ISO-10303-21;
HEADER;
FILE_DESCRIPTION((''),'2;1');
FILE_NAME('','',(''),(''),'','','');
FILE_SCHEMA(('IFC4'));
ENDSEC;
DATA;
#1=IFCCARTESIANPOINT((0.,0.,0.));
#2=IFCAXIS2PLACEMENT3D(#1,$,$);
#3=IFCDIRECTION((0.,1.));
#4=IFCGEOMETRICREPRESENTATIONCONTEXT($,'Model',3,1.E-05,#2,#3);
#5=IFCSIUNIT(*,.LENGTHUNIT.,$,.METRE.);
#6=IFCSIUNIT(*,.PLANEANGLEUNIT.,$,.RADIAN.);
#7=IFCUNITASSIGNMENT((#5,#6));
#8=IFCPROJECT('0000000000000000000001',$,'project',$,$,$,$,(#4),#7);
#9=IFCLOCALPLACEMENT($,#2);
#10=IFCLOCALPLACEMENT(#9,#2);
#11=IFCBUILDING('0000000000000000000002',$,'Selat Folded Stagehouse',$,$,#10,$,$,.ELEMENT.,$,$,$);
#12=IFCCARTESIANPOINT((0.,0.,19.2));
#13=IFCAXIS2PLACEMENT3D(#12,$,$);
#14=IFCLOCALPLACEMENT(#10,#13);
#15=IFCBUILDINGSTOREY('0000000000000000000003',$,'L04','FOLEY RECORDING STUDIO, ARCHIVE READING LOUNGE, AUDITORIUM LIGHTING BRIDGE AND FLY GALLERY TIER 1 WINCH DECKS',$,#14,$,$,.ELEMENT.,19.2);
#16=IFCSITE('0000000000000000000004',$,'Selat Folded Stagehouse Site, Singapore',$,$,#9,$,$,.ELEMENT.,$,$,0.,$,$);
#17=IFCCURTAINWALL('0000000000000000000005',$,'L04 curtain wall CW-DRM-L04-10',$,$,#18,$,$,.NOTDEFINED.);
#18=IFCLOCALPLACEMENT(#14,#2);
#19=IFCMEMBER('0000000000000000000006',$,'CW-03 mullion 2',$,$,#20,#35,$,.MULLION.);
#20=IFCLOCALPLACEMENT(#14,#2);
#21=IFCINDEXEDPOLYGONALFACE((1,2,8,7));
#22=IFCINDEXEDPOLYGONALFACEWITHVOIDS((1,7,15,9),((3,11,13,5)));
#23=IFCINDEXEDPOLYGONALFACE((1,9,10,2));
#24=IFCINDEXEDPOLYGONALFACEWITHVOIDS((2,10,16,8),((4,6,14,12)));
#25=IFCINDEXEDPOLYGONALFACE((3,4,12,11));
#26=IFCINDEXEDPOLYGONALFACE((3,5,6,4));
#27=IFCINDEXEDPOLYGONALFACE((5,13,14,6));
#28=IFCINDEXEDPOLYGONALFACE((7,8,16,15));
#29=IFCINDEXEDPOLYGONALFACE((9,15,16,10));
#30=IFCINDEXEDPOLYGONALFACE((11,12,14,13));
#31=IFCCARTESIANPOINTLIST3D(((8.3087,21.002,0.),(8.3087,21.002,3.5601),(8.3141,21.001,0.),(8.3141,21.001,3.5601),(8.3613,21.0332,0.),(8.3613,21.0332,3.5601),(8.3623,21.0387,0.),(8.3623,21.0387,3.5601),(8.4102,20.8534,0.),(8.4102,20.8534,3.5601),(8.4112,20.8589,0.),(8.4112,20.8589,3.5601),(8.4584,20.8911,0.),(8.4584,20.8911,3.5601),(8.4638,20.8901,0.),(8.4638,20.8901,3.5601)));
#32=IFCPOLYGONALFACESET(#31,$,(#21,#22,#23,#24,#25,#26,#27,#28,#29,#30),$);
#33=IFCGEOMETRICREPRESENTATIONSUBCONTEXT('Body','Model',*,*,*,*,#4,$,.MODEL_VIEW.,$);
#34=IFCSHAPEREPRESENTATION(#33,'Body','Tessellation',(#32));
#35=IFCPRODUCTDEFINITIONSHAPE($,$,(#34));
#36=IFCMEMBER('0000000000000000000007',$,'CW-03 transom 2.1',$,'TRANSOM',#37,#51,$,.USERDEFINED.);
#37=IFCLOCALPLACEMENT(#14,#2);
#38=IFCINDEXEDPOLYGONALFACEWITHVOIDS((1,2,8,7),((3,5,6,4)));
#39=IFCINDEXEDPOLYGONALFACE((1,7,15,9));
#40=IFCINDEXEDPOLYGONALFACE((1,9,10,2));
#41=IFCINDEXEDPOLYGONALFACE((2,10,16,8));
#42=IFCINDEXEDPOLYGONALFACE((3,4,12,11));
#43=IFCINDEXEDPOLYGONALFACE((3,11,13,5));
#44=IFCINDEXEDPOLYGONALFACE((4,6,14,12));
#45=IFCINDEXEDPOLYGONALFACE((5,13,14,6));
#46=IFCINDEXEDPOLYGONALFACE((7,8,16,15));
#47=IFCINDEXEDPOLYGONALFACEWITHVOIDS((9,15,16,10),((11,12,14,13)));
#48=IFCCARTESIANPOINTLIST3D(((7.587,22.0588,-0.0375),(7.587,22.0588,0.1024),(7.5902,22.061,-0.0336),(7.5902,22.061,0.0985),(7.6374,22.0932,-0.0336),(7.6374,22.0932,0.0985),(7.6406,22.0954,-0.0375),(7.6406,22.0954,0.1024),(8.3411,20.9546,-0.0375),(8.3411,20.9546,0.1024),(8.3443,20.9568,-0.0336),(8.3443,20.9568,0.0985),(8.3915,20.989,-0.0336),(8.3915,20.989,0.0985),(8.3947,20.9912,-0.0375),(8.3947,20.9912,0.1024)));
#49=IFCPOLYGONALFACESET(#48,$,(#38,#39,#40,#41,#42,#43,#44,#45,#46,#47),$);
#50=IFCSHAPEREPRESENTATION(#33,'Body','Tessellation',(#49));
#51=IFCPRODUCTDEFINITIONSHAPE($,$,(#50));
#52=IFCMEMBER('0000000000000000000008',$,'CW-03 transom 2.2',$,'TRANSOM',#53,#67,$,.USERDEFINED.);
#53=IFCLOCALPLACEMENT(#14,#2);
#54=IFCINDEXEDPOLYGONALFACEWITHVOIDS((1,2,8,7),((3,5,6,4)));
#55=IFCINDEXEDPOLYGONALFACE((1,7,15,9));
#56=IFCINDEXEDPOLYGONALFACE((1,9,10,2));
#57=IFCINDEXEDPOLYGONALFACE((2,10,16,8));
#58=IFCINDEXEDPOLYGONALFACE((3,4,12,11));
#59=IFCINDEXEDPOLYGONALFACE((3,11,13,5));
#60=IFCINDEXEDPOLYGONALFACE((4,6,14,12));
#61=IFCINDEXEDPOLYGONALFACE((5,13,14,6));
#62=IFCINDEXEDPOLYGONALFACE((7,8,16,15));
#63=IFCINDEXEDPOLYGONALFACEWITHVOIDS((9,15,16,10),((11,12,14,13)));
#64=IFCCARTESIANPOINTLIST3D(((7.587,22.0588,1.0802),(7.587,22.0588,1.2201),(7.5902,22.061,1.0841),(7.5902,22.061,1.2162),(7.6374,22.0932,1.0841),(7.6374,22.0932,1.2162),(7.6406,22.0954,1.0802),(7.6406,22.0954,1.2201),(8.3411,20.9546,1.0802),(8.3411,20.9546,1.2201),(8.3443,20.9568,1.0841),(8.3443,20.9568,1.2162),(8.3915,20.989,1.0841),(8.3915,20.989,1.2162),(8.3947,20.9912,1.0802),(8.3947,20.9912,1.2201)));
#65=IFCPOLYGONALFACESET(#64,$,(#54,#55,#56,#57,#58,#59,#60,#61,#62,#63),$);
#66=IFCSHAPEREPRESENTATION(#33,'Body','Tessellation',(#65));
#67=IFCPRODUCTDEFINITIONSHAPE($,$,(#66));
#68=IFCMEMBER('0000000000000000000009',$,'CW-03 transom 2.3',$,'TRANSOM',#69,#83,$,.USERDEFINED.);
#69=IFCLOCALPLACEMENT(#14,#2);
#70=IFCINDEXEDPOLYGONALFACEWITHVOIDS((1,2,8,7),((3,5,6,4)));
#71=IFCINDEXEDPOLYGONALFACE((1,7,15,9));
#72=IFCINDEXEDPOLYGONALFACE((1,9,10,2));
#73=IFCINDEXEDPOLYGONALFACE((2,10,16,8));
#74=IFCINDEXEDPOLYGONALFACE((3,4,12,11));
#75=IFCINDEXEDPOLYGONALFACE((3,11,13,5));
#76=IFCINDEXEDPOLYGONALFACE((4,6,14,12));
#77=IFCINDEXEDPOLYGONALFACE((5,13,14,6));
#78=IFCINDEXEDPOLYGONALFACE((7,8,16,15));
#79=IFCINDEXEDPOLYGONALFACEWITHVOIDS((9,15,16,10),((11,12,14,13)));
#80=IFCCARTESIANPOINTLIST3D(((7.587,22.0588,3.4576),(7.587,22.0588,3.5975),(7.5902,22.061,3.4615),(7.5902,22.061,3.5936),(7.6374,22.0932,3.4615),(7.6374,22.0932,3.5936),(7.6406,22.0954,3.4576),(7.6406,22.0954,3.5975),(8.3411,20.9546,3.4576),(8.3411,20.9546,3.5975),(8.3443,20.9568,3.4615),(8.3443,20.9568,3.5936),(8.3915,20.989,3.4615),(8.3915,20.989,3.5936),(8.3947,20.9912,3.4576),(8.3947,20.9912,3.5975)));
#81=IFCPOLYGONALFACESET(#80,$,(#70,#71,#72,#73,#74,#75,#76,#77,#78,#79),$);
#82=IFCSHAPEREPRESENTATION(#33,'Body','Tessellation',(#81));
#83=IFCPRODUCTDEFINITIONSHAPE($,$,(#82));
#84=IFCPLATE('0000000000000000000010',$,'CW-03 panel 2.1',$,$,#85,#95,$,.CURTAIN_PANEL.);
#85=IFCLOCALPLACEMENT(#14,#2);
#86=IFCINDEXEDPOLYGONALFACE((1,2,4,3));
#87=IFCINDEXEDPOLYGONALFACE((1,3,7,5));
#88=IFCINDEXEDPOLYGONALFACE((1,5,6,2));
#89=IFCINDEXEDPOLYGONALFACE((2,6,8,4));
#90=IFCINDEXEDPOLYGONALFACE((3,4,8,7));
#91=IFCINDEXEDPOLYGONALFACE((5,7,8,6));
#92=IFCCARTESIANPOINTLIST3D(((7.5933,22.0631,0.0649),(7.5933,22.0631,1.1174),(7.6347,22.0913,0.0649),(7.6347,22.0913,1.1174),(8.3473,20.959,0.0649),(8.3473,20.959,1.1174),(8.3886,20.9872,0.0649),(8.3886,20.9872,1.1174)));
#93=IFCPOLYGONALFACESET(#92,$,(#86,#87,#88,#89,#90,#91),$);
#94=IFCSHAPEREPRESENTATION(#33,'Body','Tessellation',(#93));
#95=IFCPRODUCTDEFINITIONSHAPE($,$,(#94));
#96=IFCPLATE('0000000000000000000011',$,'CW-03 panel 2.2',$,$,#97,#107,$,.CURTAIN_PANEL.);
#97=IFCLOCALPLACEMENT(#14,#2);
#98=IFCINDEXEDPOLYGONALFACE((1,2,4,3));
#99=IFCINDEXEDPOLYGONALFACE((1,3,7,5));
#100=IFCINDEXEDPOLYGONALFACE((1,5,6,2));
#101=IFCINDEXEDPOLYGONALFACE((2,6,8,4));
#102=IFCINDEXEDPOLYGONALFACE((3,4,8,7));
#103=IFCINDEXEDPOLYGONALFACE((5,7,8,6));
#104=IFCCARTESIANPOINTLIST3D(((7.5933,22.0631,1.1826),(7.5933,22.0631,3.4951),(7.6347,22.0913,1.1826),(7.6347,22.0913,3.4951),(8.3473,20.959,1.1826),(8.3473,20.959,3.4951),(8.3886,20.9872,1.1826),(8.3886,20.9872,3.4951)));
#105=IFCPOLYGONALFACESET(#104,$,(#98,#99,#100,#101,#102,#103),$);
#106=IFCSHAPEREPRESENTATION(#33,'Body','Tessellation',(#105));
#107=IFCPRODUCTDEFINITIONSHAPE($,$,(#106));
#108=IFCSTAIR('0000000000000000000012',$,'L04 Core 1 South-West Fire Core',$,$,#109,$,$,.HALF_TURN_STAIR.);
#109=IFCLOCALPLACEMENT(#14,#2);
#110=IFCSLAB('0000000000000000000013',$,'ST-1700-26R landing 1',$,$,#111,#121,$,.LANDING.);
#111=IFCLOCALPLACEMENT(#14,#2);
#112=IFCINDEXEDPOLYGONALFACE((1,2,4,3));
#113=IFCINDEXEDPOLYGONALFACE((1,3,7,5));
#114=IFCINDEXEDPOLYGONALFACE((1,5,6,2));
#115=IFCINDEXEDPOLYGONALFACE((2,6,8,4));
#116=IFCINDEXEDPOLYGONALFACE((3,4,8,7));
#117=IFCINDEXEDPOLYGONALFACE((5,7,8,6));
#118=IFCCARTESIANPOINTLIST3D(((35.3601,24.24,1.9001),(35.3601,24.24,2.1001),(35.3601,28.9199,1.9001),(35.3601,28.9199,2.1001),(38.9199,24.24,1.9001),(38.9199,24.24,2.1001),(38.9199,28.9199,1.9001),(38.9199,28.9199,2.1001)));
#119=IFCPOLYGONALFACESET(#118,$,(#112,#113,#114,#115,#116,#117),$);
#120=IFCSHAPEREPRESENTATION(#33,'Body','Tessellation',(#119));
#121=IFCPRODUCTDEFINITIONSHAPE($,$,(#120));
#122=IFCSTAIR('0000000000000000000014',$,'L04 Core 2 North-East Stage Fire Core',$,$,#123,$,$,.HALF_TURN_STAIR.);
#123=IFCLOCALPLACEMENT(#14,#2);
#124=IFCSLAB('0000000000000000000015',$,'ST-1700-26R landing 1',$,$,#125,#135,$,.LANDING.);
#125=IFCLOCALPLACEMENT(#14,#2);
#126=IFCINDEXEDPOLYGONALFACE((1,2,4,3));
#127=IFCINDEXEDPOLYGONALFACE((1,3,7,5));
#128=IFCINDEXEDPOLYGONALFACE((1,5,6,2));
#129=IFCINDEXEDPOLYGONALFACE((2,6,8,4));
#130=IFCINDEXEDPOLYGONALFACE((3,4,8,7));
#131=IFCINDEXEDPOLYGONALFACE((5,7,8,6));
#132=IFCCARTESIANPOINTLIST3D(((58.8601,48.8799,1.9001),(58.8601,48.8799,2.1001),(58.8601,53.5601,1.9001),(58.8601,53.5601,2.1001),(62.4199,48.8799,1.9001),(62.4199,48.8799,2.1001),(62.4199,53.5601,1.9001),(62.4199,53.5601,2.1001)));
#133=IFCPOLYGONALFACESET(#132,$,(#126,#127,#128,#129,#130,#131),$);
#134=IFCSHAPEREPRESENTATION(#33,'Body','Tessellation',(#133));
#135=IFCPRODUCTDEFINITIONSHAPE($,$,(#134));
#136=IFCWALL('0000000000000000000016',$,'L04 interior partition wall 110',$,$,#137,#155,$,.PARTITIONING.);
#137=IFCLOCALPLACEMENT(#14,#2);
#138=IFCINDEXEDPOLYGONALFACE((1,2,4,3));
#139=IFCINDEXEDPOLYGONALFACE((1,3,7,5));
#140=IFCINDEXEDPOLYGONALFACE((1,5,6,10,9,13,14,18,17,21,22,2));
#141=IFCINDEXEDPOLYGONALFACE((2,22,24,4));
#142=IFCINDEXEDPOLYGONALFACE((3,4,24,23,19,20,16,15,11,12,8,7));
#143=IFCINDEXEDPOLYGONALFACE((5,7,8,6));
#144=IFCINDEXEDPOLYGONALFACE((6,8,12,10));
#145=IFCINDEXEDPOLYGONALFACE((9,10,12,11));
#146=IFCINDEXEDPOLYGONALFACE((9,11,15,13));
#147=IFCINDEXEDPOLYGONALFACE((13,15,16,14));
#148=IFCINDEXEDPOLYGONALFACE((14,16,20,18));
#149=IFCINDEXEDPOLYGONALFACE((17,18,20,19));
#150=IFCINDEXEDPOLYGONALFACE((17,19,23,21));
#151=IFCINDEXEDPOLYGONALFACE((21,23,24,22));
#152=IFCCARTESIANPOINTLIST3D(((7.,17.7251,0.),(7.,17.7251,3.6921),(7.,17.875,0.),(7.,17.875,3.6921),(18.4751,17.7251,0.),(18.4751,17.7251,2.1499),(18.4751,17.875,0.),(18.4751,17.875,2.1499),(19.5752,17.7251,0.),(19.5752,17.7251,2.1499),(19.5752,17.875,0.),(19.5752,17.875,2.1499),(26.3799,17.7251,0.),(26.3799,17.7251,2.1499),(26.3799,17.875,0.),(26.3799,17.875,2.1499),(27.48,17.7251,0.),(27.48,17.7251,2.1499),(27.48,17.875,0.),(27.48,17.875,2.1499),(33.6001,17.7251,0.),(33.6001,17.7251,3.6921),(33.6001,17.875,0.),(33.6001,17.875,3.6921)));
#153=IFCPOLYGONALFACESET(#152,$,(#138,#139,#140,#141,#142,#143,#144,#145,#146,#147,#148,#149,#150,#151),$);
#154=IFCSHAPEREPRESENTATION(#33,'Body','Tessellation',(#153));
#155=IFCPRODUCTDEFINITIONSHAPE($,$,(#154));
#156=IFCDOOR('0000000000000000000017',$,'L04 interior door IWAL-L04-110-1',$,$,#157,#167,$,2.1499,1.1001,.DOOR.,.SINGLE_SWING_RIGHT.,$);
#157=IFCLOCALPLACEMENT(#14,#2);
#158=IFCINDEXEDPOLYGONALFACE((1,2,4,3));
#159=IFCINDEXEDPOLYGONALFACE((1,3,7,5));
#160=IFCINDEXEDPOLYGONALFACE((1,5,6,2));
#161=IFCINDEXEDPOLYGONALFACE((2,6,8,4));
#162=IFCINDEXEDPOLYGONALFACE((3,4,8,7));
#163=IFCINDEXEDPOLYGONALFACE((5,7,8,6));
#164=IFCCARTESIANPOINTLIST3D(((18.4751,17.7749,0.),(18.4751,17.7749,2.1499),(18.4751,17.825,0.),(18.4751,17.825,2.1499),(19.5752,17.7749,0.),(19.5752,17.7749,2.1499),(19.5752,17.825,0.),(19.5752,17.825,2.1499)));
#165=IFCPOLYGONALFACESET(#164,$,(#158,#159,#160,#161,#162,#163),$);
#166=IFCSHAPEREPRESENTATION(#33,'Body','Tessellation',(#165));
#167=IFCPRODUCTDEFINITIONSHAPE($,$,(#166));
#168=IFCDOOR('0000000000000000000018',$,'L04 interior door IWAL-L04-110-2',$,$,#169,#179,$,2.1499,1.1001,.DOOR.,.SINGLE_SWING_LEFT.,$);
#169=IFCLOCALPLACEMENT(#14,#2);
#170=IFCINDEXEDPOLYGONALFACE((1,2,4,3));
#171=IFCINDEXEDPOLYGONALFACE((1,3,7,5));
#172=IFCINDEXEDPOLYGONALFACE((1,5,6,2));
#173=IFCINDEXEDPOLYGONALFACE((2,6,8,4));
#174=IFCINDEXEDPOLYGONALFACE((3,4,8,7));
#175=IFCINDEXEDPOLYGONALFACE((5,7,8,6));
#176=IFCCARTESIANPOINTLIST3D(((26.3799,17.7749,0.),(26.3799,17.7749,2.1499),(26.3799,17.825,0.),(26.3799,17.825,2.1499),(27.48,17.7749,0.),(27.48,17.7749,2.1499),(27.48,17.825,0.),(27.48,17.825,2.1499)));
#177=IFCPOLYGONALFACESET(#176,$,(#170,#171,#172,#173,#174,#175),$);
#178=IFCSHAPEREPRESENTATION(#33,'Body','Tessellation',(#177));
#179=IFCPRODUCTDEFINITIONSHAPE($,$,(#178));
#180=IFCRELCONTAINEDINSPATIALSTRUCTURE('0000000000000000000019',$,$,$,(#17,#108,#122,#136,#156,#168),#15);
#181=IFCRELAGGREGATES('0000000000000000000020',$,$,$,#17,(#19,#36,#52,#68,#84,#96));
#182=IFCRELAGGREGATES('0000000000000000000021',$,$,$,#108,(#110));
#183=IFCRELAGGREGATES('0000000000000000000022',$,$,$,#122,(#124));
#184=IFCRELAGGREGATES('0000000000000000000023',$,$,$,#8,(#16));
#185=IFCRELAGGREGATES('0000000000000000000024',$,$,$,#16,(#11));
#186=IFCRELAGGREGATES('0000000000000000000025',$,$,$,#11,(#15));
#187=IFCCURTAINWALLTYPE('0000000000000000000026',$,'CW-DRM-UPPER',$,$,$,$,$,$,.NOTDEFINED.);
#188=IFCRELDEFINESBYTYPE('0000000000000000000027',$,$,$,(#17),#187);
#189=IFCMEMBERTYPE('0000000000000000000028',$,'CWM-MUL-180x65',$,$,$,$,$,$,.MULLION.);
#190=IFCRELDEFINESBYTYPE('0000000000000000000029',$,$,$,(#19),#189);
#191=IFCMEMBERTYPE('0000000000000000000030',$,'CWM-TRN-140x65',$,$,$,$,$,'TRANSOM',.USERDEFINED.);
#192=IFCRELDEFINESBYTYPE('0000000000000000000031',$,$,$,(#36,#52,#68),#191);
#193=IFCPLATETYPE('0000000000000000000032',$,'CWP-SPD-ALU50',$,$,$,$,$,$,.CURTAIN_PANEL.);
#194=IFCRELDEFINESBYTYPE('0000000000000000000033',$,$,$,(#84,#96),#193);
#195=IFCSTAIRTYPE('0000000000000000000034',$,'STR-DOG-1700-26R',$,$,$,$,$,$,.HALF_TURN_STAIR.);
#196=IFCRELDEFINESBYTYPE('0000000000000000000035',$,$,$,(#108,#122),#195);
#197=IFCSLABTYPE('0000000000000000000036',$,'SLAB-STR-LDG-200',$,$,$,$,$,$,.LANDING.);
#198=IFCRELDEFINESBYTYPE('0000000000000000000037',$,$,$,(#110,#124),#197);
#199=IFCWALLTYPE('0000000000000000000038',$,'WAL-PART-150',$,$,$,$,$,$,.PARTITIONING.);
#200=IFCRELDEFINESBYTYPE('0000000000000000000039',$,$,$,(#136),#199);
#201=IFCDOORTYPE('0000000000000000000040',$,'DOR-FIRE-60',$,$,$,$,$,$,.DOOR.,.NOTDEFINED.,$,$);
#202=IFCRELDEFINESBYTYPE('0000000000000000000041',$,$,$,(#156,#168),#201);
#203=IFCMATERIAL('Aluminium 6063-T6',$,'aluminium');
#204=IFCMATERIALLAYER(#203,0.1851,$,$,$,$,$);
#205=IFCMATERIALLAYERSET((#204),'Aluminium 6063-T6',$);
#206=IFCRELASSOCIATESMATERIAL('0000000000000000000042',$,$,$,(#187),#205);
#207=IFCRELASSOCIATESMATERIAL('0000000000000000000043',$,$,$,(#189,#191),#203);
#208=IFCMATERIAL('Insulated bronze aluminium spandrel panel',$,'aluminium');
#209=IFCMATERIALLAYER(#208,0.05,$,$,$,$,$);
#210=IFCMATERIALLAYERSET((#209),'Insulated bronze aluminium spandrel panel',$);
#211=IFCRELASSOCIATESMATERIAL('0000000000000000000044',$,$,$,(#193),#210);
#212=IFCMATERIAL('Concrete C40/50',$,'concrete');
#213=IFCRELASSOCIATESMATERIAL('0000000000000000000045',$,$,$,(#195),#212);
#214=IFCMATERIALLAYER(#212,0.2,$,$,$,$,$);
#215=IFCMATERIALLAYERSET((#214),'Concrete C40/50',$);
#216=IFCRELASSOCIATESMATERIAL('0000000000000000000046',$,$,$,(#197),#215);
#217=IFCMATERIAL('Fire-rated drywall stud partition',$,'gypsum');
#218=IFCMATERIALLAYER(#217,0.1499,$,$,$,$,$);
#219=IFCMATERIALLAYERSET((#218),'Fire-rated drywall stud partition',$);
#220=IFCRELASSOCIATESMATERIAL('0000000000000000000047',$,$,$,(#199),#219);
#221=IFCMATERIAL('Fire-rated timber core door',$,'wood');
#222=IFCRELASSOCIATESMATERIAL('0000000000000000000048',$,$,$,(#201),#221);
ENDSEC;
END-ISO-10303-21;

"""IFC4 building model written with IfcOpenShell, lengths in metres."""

from ifc_helpers import new_model, si_unit, direction, frame, frame_2d, origin, origin_2d, place, context, subcontext, project, spatial, polyline, rectangle, hollow_rectangle, outline, extrude, material, layer, layer_set, material_profile, profile_set, type_object, element, fill, aggregate, save


model = new_model("IFC4")

# Units and contexts
model_context = context("Model", 3, precision=1e-05, world=origin(), true_north=direction((0.0, 1.0)))
body_context = subcontext(model_context, "Body", "Model", "MODEL_VIEW")
ifc_project = project(units=[si_unit("LENGTHUNIT", "METRE"), si_unit("PLANEANGLEUNIT", "RADIAN")], contexts=[model_context])

# Site, building, storey
site_placement = place(None, origin())
site = spatial("IfcSite", under=ifc_project, at=site_placement, Name="Selat Folded Stagehouse Site, Singapore", CompositionType="ELEMENT", RefElevation=0.0)
building_placement = place(site_placement, origin())
building = spatial("IfcBuilding", under=site, at=building_placement, Name="Selat Folded Stagehouse", CompositionType="ELEMENT")
storey_placement = place(building_placement, frame((0.0, 0.0, 19.2)))
storey = spatial("IfcBuildingStorey", under=building, at=storey_placement, Name="L04", Description="FOLEY RECORDING STUDIO, ARCHIVE READING LOUNGE, AUDITORIUM LIGHTING BRIDGE AND FLY GALLERY TIER 1 WINCH DECKS", CompositionType="ELEMENT", Elevation=19.2)

# Curtain wall, members, plates
ifc_material_1 = material(Name="Aluminium 6063-T6", Category="aluminium")
ifc_layer_1 = layer(ifc_material_1, 0.1851)
ifc_layer_set_1 = layer_set([ifc_layer_1], Name="Aluminium 6063-T6")
curtain_wall_type = type_object("IfcCurtainWallType", Name="CW-DRM-UPPER", PredefinedType="NOTDEFINED", material=ifc_layer_set_1)
curtain_wall_placement = place(storey_placement, origin())
curtain_wall = element("IfcCurtainWall", 1, at=curtain_wall_placement, inside=storey, type_object=curtain_wall_type, Name="L04 curtain wall CW-DRM-L04-10", PredefinedType="NOTDEFINED")
ifc_material_profile_1 = material_profile(ifc_material_1, hollow_rectangle(XDim=0.0649, YDim=0.1799, WallThickness=0.0039, at=origin_2d()), Name="ALU 180x65x4.0")
ifc_profile_set_1 = profile_set([ifc_material_profile_1], Name="Aluminium 6063-T6")
member_type_1 = type_object("IfcMemberType", Name="CWM-MUL-180x65", PredefinedType="MULLION", material=ifc_profile_set_1)
member_1_placement = place(storey_placement, frame((8.3862, 20.946, 0.0), z_axis=(0.0, 0.0, 1.0), x_axis=(-0.82581, -0.563948, 0.0)))
member_1 = element("IfcMember", 2, at=member_1_placement, type_object=member_type_1, Name="CW-03 mullion 2", PredefinedType="MULLION", context=body_context, shape_type="SweptSolid", body=[
    extrude(hollow_rectangle(XDim=0.0649, YDim=0.1799, WallThickness=0.0039, at=origin_2d()), origin(), (0.0, 0.0, 1.0), 3.5601),
])
ifc_material_profile_2 = material_profile(ifc_material_1, hollow_rectangle(XDim=0.0649, YDim=0.1399, WallThickness=0.0039, at=origin_2d()), Name="ALU 140x65x4.0")
ifc_profile_set_2 = profile_set([ifc_material_profile_2], Name="Aluminium 6063-T6")
member_type_2 = type_object("IfcMemberType", Name="CWM-TRN-140x65", ElementType="TRANSOM", PredefinedType="USERDEFINED", material=ifc_profile_set_2)
member_2_placement = place(storey_placement, frame((8.3679, 20.9729, 0.0325), z_axis=(-0.563977, 0.825791, 0.0), x_axis=(-0.825791, -0.563977, 0.0)))
member_2 = element("IfcMember", 3, at=member_2_placement, type_object=member_type_2, Name="CW-03 transom 2.1", ObjectType="TRANSOM", PredefinedType="USERDEFINED", context=body_context, shape_type="SweptSolid", body=[
    extrude(hollow_rectangle(XDim=0.0649, YDim=0.1399, WallThickness=0.0039, at=origin_2d()), origin(), (0.0, 0.0, 1.0), 1.3372),
])
member_3_placement = place(storey_placement, frame((8.3679, 20.9729, 1.1501), z_axis=(-0.563977, 0.825791, 0.0), x_axis=(-0.825791, -0.563977, 0.0)))
member_3 = element("IfcMember", 4, at=member_3_placement, type_object=member_type_2, Name="CW-03 transom 2.2", ObjectType="TRANSOM", PredefinedType="USERDEFINED", context=body_context, shape_type="SweptSolid", body=[
    extrude(hollow_rectangle(XDim=0.0649, YDim=0.1399, WallThickness=0.0039, at=origin_2d()), origin(), (0.0, 0.0, 1.0), 1.3372),
])
member_4_placement = place(storey_placement, frame((8.3679, 20.9729, 3.5276), z_axis=(-0.563977, 0.825791, 0.0), x_axis=(-0.825791, -0.563977, 0.0)))
member_4 = element("IfcMember", 5, at=member_4_placement, type_object=member_type_2, Name="CW-03 transom 2.3", ObjectType="TRANSOM", PredefinedType="USERDEFINED", context=body_context, shape_type="SweptSolid", body=[
    extrude(hollow_rectangle(XDim=0.0649, YDim=0.1399, WallThickness=0.0039, at=origin_2d()), origin(), (0.0, 0.0, 1.0), 1.3372),
])
ifc_material_2 = material(Name="Insulated bronze aluminium spandrel panel", Category="aluminium")
ifc_layer_2 = layer(ifc_material_2, 0.05)
ifc_layer_set_2 = layer_set([ifc_layer_2], Name="Insulated bronze aluminium spandrel panel")
plate_type = type_object("IfcPlateType", Name="CWP-SPD-ALU50", PredefinedType="CURTAIN_PANEL", material=ifc_layer_set_2)
plate_1_placement = place(storey_placement, frame((7.991, 21.5251, 0.0649), z_axis=(0.0, 0.0, 1.0), x_axis=(-0.563948, 0.82581, 0.0)))
plate_1 = element("IfcPlate", 6, at=plate_1_placement, type_object=plate_type, Name="CW-03 panel 2.1", PredefinedType="CURTAIN_PANEL", context=body_context, shape_type="SweptSolid", body=[
    extrude(rectangle(XDim=1.3369, YDim=0.05, at=origin_2d()), origin(), (0.0, 0.0, 1.0), 1.0525),
])
plate_2_placement = place(storey_placement, frame((7.991, 21.5251, 1.1826), z_axis=(0.0, 0.0, 1.0), x_axis=(-0.563948, 0.82581, 0.0)))
plate_2 = element("IfcPlate", 7, at=plate_2_placement, type_object=plate_type, Name="CW-03 panel 2.2", PredefinedType="CURTAIN_PANEL", context=body_context, shape_type="SweptSolid", body=[
    extrude(rectangle(XDim=1.3369, YDim=0.05, at=origin_2d()), origin(), (0.0, 0.0, 1.0), 2.3125),
])
aggregate(curtain_wall, [member_1, member_2, member_3, member_4, plate_1, plate_2])

# Stairs, slabs
ifc_material_3 = material(Name="Concrete C40/50", Category="concrete")
stair_type = type_object("IfcStairType", Name="STR-DOG-1700-26R", PredefinedType="HALF_TURN_STAIR", material=ifc_material_3)
stair_1_placement = place(storey_placement, origin())
stair_1 = element("IfcStair", 8, at=stair_1_placement, inside=storey, type_object=stair_type, Name="L04 Core 1 South-West Fire Core", PredefinedType="HALF_TURN_STAIR")
ifc_layer_3 = layer(ifc_material_3, 0.2)
ifc_layer_set_3 = layer_set([ifc_layer_3], Name="Concrete C40/50")
slab_type = type_object("IfcSlabType", Name="SLAB-STR-LDG-200", PredefinedType="LANDING", material=ifc_layer_set_3)
slab_1_placement = place(storey_placement, frame((0.0, 0.0, 1.9001)))
slab_1 = element("IfcSlab", 9, at=slab_1_placement, type_object=slab_type, Name="ST-1700-26R landing 1", PredefinedType="LANDING", context=body_context, shape_type="SweptSolid", body=[
    extrude(outline(polyline([(35.3601, 28.9199), (35.3601, 24.24), (38.9199, 24.24), (38.9199, 28.9199), (35.3601, 28.9199)])), origin(), (0.0, 0.0, 1.0), 0.2),
])
aggregate(stair_1, [slab_1])
stair_2_placement = place(storey_placement, origin())
stair_2 = element("IfcStair", 10, at=stair_2_placement, inside=storey, type_object=stair_type, Name="L04 Core 2 North-East Stage Fire Core", PredefinedType="HALF_TURN_STAIR")
slab_2_placement = place(storey_placement, frame((0.0, 0.0, 1.9001)))
slab_2 = element("IfcSlab", 11, at=slab_2_placement, type_object=slab_type, Name="ST-1700-26R landing 1", PredefinedType="LANDING", context=body_context, shape_type="SweptSolid", body=[
    extrude(outline(polyline([(62.4199, 48.8799), (62.4199, 53.5601), (58.8601, 53.5601), (58.8601, 48.8799), (62.4199, 48.8799)])), origin(), (0.0, 0.0, 1.0), 0.2),
])
aggregate(stair_2, [slab_2])

# Wall, openings, doors
ifc_material_4 = material(Name="Fire-rated drywall stud partition", Category="gypsum")
ifc_layer_4 = layer(ifc_material_4, 0.1499)
ifc_layer_set_4 = layer_set([ifc_layer_4], Name="Fire-rated drywall stud partition")
wall_type = type_object("IfcWallType", Name="WAL-PART-150", PredefinedType="PARTITIONING", material=ifc_layer_set_4)
wall_placement = place(storey_placement, frame((7.0, 17.8, 0.0), z_axis=(0.0, 0.0, 1.0), x_axis=(1.0, 0.0, 0.0)))
wall = element("IfcWall", 12, at=wall_placement, inside=storey, type_object=wall_type, Name="L04 interior partition wall 110", PredefinedType="PARTITIONING", context=body_context, shape_type="SweptSolid", body=[
    extrude(rectangle(XDim=26.6001, YDim=0.1499, at=frame_2d((13.3, 0.0))), origin(), (0.0, 0.0, 1.0), 3.6921),
])
opening_1_placement = place(wall_placement, frame((11.4751, 0.0, 0.0)))
opening_1 = element("IfcOpeningElement", 13, at=opening_1_placement, cuts=wall, PredefinedType="OPENING", context=body_context, shape_type="SweptSolid", body=[
    extrude(rectangle(XDim=1.1001, YDim=2.1499, at=frame_2d((0.55, 1.075))), frame((0.0, 0.085, 0.0), z_axis=(0.0, -1.0, 0.0), x_axis=(1.0, 0.0, 0.0)), (0.0, 0.0, 1.0), 0.1699),
])
opening_2_placement = place(wall_placement, frame((19.3799, 0.0, 0.0)))
opening_2 = element("IfcOpeningElement", 14, at=opening_2_placement, cuts=wall, PredefinedType="OPENING", context=body_context, shape_type="SweptSolid", body=[
    extrude(rectangle(XDim=1.1001, YDim=2.1499, at=frame_2d((0.55, 1.075))), frame((0.0, 0.085, 0.0), z_axis=(0.0, -1.0, 0.0), x_axis=(1.0, 0.0, 0.0)), (0.0, 0.0, 1.0), 0.1699),
])
ifc_material_5 = material(Name="Fire-rated timber core door", Category="wood")
door_type = type_object("IfcDoorType", Name="DOR-FIRE-60", OperationType="NOTDEFINED", PredefinedType="DOOR", material=ifc_material_5)
door_1_placement = place(opening_1_placement, origin())
door_1 = element("IfcDoor", 15, at=door_1_placement, inside=storey, type_object=door_type, Name="L04 interior door IWAL-L04-110-1", OperationType="SINGLE_SWING_RIGHT", OverallHeight=2.1499, OverallWidth=1.1001, PredefinedType="DOOR", context=body_context, shape_type="SweptSolid", body=[
    extrude(rectangle(XDim=1.1001, YDim=2.1499, at=frame_2d((0.55, 1.075))), frame((0.0, 0.0249, 0.0), z_axis=(0.0, -1.0, 0.0), x_axis=(1.0, 0.0, 0.0)), (0.0, 0.0, 1.0), 0.05),
])
fill(opening_1, door_1)
door_2_placement = place(opening_2_placement, origin())
door_2 = element("IfcDoor", 16, at=door_2_placement, inside=storey, type_object=door_type, Name="L04 interior door IWAL-L04-110-2", OperationType="SINGLE_SWING_LEFT", OverallHeight=2.1499, OverallWidth=1.1001, PredefinedType="DOOR", context=body_context, shape_type="SweptSolid", body=[
    extrude(rectangle(XDim=1.1001, YDim=2.1499, at=frame_2d((0.55, 1.075))), frame((0.0, 0.0249, 0.0), z_axis=(0.0, -1.0, 0.0), x_axis=(1.0, 0.0, 0.0)), (0.0, 0.0, 1.0), 0.05),
])
fill(opening_2, door_2)

save(model, "model.ifc")
